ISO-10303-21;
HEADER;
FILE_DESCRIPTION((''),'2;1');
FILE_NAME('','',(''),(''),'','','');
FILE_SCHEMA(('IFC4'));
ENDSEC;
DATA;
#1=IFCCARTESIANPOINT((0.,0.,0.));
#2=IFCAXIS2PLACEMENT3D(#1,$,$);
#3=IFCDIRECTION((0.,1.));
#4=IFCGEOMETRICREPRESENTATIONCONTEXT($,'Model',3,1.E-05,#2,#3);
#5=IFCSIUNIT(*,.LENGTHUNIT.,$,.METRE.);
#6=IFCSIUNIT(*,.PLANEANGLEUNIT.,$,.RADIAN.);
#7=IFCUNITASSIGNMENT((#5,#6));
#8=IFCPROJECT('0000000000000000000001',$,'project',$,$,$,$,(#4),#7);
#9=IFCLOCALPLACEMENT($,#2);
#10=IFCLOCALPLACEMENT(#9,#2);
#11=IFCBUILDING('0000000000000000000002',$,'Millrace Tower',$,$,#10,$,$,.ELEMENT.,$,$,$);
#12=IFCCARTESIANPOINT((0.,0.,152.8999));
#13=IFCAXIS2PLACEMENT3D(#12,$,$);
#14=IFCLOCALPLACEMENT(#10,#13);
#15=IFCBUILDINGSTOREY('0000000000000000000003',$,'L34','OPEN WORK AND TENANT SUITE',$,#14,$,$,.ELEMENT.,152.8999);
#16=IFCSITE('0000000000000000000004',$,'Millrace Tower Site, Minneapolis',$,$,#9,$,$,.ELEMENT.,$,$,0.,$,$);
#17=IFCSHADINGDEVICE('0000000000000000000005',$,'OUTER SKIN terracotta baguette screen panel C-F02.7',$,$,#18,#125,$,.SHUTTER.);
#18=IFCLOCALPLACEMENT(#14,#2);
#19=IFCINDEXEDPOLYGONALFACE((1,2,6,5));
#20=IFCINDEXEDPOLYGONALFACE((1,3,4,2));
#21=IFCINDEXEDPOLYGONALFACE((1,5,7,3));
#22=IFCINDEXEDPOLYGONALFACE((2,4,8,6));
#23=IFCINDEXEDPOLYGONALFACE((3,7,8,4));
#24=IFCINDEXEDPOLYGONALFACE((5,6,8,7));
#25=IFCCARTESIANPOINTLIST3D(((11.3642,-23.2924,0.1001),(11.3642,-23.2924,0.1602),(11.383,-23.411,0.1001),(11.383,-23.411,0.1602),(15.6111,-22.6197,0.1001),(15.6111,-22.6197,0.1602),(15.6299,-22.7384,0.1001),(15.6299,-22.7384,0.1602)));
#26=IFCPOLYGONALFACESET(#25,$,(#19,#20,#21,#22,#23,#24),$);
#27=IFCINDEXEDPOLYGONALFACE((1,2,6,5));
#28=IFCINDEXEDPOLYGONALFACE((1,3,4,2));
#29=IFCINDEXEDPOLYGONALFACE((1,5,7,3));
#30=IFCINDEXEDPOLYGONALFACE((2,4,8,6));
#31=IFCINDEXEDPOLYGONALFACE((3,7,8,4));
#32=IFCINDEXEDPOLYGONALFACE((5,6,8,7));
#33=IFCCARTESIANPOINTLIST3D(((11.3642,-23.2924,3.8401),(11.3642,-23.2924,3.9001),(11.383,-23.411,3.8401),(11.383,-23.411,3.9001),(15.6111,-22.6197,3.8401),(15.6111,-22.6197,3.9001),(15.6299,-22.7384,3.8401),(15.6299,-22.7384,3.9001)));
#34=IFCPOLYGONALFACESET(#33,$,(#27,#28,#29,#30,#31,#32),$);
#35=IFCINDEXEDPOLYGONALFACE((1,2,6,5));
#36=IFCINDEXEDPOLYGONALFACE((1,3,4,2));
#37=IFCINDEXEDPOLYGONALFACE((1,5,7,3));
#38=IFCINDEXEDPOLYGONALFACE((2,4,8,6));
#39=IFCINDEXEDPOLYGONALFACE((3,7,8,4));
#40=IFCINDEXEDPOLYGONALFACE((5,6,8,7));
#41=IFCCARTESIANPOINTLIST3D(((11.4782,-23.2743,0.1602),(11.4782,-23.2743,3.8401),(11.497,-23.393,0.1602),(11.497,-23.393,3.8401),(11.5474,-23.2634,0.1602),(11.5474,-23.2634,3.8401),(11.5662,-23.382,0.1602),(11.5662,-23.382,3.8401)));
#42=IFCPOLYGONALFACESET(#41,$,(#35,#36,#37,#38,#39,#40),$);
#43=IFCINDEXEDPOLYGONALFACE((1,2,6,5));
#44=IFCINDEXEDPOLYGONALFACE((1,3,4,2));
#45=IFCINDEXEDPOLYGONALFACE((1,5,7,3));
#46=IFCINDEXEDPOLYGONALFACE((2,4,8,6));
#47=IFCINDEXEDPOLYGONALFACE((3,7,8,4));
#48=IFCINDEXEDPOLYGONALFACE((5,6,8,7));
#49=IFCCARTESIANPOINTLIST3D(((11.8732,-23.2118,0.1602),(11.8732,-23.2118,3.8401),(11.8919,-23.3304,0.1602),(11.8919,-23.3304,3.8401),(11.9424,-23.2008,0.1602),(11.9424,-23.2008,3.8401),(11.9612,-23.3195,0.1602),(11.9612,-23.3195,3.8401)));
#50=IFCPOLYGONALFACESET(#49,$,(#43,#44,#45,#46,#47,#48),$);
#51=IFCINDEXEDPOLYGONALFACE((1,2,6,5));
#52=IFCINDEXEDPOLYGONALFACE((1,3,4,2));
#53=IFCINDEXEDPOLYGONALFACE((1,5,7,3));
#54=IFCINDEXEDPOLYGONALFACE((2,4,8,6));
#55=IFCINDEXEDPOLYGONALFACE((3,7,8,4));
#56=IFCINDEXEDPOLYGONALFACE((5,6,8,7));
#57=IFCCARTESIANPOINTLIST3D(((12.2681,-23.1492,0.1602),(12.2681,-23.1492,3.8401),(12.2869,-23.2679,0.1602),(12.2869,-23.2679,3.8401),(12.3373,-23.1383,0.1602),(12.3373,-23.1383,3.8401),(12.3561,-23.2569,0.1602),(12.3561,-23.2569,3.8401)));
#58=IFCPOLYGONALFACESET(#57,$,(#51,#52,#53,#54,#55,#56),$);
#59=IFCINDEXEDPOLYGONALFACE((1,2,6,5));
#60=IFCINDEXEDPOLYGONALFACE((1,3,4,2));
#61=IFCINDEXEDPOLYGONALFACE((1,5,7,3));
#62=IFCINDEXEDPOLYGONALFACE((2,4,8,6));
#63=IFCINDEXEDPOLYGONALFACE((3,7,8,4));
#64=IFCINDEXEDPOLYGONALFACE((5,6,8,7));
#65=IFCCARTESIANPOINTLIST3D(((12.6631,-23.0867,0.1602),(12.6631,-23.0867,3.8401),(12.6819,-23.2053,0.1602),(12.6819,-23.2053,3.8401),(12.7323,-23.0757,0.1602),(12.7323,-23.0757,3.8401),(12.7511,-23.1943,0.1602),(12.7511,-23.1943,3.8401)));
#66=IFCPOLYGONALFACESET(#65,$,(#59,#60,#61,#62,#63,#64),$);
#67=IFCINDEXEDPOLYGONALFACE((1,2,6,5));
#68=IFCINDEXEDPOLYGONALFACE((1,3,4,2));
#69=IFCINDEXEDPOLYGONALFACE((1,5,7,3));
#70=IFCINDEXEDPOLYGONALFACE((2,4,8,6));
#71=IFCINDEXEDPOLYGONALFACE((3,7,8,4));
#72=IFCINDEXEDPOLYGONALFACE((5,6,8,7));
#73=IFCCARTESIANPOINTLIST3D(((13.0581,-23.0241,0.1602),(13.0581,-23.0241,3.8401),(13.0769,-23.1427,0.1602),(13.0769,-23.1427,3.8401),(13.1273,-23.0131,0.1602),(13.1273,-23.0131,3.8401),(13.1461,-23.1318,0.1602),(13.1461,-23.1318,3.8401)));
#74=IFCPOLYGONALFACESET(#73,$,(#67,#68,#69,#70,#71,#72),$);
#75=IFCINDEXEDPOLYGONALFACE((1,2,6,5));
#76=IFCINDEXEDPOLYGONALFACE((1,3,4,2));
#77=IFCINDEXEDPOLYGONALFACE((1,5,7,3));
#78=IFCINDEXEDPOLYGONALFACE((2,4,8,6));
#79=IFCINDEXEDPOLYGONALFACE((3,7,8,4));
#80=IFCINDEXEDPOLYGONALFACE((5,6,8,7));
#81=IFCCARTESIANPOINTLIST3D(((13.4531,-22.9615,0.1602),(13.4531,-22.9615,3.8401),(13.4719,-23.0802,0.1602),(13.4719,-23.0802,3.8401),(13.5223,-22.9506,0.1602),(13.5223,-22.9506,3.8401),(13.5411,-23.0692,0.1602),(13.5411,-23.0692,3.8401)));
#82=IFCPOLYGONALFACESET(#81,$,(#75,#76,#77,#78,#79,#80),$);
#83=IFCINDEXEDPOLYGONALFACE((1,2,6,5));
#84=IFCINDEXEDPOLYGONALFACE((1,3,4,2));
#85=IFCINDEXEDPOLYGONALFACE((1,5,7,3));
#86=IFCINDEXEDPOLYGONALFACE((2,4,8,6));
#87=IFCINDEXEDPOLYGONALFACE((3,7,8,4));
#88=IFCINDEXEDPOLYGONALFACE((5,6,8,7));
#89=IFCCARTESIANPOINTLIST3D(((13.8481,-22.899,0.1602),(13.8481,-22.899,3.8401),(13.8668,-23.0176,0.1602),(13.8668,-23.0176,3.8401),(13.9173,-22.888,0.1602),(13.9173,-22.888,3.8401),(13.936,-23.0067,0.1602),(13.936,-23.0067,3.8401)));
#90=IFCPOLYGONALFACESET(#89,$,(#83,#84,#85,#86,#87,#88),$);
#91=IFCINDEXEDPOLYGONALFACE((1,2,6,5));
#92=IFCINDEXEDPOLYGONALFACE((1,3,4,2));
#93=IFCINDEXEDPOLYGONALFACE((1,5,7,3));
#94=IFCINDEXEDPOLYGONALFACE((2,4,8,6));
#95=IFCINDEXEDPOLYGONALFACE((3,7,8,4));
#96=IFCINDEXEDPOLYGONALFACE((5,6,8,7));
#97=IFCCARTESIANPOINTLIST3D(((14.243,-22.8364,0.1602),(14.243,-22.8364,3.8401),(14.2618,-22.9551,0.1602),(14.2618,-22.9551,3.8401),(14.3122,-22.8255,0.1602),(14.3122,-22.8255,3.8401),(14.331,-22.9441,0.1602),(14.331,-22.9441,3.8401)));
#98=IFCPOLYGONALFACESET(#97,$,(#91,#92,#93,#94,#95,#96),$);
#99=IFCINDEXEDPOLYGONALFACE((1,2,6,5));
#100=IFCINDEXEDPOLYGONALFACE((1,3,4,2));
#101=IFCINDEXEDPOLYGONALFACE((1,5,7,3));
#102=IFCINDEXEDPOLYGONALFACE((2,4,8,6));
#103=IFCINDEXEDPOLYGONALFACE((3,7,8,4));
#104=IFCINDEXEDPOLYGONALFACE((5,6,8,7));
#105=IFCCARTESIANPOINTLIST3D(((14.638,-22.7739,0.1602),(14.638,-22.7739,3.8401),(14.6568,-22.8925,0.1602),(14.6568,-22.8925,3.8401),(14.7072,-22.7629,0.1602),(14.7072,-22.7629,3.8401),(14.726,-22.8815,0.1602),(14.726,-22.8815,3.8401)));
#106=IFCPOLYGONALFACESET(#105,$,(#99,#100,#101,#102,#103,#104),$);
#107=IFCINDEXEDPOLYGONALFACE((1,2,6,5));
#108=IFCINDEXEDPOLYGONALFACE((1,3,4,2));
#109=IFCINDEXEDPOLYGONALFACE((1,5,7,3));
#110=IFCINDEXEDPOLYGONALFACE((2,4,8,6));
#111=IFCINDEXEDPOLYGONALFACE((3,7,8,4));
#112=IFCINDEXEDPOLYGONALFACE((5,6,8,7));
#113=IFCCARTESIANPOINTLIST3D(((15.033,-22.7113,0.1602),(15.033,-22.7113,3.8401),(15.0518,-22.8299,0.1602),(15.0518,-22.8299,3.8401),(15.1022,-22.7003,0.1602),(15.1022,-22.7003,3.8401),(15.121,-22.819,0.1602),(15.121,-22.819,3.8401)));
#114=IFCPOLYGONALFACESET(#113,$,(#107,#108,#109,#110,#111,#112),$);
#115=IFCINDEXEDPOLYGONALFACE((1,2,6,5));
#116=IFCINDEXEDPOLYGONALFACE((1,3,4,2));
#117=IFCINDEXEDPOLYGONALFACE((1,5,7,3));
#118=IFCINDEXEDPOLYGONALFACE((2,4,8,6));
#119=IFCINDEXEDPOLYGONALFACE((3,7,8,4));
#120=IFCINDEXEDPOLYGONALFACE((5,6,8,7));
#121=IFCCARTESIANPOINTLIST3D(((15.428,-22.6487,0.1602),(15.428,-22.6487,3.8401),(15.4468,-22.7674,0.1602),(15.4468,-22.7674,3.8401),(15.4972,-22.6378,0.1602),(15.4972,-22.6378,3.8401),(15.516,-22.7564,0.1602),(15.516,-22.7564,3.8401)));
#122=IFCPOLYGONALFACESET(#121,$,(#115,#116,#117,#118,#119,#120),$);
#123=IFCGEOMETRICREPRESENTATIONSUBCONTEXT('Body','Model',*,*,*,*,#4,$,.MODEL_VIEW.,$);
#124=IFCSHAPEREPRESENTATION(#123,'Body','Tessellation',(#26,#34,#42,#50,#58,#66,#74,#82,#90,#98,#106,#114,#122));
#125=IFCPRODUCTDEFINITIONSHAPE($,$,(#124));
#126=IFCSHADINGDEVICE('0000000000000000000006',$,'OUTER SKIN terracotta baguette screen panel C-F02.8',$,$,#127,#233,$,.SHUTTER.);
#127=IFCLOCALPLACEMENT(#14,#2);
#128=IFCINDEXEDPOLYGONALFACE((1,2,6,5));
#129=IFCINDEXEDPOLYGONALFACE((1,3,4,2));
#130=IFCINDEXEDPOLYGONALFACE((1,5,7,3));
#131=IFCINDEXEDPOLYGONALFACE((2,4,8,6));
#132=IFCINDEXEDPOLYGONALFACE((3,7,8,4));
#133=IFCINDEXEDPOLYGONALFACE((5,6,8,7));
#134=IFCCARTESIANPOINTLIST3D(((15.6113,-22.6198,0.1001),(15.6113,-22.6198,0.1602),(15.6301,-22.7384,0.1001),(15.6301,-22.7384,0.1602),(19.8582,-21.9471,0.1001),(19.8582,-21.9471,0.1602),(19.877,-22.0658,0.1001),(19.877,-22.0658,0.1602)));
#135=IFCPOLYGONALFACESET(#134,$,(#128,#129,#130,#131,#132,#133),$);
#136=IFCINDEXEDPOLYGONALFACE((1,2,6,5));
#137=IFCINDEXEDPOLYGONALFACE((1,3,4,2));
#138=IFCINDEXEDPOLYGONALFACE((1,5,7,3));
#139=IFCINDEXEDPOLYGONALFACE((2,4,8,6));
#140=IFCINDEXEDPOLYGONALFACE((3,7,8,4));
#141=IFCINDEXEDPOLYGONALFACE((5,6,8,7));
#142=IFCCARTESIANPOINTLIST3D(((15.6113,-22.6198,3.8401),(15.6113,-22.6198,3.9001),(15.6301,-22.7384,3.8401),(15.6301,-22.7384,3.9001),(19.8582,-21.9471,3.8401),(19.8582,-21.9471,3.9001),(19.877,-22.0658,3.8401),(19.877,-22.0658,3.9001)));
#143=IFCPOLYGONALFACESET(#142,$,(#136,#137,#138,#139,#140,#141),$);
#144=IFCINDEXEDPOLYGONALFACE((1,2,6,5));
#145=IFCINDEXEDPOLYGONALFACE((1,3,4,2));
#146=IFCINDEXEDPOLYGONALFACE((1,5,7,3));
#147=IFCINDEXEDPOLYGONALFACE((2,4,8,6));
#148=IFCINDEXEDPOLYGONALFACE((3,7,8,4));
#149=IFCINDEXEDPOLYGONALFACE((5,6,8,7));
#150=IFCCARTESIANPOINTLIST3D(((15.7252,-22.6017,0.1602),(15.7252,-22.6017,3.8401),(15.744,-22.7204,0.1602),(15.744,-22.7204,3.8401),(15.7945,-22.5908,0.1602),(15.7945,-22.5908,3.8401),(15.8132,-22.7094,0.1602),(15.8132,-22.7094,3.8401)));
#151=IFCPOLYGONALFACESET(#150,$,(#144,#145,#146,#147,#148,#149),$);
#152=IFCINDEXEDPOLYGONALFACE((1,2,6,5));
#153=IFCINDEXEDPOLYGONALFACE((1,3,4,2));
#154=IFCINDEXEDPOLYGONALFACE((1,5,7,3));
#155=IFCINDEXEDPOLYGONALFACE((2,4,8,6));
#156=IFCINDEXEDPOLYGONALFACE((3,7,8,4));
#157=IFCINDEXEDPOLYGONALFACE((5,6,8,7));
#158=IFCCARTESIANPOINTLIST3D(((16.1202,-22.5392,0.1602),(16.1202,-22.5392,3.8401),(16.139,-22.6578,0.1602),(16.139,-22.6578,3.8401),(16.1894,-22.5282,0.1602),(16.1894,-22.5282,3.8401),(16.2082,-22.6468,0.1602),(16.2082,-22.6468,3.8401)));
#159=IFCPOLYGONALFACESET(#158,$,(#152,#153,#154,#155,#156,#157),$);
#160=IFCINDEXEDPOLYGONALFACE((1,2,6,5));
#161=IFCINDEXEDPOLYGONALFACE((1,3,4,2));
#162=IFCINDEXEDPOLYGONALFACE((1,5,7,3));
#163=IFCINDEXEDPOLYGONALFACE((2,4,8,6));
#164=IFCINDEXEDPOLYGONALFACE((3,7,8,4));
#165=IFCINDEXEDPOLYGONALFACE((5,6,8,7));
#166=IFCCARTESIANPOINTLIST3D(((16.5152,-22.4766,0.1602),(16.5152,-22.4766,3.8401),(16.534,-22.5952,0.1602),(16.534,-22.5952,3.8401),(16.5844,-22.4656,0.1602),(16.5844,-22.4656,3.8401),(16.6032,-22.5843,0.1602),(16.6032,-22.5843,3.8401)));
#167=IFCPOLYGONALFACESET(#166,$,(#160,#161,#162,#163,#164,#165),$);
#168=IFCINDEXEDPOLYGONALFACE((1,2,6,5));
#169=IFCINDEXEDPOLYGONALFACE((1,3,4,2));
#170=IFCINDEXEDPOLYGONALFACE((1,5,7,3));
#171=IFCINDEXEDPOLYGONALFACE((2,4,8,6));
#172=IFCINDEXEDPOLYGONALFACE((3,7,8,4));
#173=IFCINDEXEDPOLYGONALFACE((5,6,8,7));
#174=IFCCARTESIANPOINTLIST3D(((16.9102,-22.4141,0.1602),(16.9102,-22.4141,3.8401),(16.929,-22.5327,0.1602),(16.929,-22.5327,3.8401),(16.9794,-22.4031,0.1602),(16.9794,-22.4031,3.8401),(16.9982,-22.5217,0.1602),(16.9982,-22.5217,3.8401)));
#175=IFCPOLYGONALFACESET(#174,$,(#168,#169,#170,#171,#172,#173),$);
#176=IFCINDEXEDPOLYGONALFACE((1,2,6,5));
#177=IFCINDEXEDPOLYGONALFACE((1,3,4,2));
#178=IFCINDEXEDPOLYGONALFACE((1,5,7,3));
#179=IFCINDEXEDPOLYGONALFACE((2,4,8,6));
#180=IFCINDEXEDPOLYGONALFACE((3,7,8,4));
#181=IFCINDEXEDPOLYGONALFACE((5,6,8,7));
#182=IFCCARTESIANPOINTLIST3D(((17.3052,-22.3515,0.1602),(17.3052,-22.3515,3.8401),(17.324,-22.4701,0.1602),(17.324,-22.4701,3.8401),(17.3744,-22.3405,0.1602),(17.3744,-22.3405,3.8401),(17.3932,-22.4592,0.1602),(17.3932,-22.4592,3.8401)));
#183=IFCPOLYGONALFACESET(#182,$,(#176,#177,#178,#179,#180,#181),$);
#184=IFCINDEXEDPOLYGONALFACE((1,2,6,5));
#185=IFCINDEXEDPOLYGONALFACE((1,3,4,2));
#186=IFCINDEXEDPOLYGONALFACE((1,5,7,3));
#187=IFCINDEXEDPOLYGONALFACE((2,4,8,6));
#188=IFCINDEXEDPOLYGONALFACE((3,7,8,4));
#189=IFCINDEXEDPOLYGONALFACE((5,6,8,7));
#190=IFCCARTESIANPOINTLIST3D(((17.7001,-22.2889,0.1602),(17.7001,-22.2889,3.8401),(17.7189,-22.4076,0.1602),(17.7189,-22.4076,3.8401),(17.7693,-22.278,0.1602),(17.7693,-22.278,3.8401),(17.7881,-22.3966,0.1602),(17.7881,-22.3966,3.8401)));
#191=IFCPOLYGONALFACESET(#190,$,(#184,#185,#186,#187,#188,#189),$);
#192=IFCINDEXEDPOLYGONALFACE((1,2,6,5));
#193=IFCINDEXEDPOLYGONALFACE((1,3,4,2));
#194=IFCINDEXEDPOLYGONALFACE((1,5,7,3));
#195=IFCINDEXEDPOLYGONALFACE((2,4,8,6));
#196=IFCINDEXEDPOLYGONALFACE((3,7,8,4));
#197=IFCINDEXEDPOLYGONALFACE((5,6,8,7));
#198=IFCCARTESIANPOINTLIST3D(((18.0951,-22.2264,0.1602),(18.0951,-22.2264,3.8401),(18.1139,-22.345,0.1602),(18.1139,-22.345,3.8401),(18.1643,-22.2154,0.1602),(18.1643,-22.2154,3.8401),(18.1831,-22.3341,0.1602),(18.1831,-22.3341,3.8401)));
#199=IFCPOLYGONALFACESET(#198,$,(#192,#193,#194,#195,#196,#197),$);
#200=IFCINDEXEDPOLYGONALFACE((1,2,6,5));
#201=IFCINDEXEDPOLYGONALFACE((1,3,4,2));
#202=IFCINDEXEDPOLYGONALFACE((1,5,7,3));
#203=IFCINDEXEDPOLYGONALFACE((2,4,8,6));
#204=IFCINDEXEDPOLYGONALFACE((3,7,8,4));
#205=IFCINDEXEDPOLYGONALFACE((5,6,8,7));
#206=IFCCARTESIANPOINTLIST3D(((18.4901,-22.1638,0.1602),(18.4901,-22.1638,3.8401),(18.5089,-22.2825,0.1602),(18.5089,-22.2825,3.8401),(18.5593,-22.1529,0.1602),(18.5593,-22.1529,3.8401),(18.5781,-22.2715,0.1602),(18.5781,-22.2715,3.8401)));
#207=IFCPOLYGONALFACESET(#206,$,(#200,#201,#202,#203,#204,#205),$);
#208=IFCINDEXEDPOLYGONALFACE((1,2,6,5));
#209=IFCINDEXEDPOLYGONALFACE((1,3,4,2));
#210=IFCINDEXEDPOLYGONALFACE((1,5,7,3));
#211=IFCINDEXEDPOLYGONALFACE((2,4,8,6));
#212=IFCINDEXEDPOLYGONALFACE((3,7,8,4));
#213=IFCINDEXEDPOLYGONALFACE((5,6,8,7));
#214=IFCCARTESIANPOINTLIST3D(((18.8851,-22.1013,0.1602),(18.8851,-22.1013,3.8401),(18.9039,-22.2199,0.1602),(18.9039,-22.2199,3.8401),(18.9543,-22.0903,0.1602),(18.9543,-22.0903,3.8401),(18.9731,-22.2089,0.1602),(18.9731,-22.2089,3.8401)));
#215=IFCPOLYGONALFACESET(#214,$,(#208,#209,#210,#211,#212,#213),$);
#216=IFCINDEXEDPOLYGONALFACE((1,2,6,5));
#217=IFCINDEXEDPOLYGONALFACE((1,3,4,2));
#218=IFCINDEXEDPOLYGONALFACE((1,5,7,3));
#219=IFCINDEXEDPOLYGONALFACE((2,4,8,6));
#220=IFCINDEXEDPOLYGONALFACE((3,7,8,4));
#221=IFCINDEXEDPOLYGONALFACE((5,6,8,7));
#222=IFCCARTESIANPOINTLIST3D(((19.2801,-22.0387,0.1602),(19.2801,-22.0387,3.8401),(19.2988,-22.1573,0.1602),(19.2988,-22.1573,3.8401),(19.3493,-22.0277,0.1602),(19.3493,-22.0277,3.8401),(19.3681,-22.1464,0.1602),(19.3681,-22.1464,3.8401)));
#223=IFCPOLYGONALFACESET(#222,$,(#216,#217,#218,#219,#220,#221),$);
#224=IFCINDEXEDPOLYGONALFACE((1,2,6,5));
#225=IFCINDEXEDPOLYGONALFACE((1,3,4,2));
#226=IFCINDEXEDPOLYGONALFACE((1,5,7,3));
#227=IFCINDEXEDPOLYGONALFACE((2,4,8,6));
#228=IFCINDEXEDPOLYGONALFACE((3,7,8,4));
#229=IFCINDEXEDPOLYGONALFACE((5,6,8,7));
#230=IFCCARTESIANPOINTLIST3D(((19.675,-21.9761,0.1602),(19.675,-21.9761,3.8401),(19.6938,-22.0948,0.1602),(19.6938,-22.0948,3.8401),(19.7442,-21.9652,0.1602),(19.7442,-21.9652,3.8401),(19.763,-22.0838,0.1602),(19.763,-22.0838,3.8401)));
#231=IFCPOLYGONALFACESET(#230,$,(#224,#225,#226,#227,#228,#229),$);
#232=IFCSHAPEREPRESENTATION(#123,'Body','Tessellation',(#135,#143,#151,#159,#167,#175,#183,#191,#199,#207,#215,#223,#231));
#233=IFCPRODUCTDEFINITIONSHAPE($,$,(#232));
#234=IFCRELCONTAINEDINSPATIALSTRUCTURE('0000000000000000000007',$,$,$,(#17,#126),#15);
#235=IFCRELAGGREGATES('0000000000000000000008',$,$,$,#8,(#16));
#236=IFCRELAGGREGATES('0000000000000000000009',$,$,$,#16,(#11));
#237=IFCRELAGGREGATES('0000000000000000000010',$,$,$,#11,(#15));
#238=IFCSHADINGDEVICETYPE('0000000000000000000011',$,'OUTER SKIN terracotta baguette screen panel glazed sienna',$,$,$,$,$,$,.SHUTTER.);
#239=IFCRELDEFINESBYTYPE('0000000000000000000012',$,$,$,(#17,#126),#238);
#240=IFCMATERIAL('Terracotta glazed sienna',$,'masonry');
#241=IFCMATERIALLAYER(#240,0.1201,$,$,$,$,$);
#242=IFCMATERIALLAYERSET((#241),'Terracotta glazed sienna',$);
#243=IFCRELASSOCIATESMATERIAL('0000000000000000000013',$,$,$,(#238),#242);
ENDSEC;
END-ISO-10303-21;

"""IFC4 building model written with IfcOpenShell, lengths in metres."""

from ifc_helpers import new_model, entity, si_unit, direction, frame, frame_2d, origin, origin_2d, place, context, subcontext, project, spatial, rectangle, extrude, source, transform, mapped, material, layer, layer_set, type_object, element, save


model = new_model("IFC4")

# Units and contexts
model_context = context("Model", 3, precision=1e-05, world=origin(), true_north=direction((0.0, 1.0)))
body_context = subcontext(model_context, "Body", "Model", "MODEL_VIEW")
ifc_project = project(units=[si_unit("LENGTHUNIT", "METRE"), si_unit("PLANEANGLEUNIT", "RADIAN")], contexts=[model_context])

# Site, building, storey
site_placement = place(None, origin())
site = spatial("IfcSite", under=ifc_project, at=site_placement, Name="Millrace Tower Site, Minneapolis", CompositionType="ELEMENT", RefElevation=0.0)
building_placement = place(site_placement, origin())
building = spatial("IfcBuilding", under=site, at=building_placement, Name="Millrace Tower", CompositionType="ELEMENT")
storey_placement = place(building_placement, frame((0.0, 0.0, 152.8999)))
storey = spatial("IfcBuildingStorey", under=building, at=storey_placement, Name="L34", Description="OPEN WORK AND TENANT SUITE", CompositionType="ELEMENT", Elevation=152.8999)

# Shading devices
ifc_material_1 = material(Name="Terracotta glazed sienna", Category="masonry")
ifc_layer_1 = layer(ifc_material_1, 0.1201)
ifc_layer_set_1 = layer_set([ifc_layer_1], Name="Terracotta glazed sienna")
shading_device_type = type_object("IfcShadingDeviceType", Name="OUTER SKIN terracotta baguette screen panel glazed sienna", PredefinedType="SHUTTER", material=ifc_layer_set_1)
cartesian_point_1 = entity("IfcCartesianPoint", [-2.1499, 0.0601])
shared_polyline_1 = entity("IfcPolyline", [cartesian_point_1, entity("IfcCartesianPoint", [2.1499, 0.0601]), entity("IfcCartesianPoint", [2.1499, -0.0601]), entity("IfcCartesianPoint", [-2.1499, -0.0601]), cartesian_point_1])
shared_shape_1 = source(origin(), body_context, "Body", "SweptSolid", [
    entity("IfcExtrudedAreaSolid", entity("IfcArbitraryClosedProfileDef", "AREA", None, shared_polyline_1), entity("IfcAxis2Placement3D", entity("IfcCartesianPoint", [0.0, 0.0, 0.0])), entity("IfcDirection", [0.0, 0.0, 1.0]), 0.0601),
    entity("IfcExtrudedAreaSolid", entity("IfcArbitraryClosedProfileDef", "AREA", None, shared_polyline_1), entity("IfcAxis2Placement3D", entity("IfcCartesianPoint", [0.0, 0.0, 3.74])), entity("IfcDirection", [0.0, 0.0, 1.0]), 0.0601),
    extrude(rectangle(XDim=0.0701, YDim=0.1201, at=frame_2d((-1.9995, 0.0))), frame((0.0, 0.0, 0.0601)), (0.0, 0.0, 1.0), 3.6799),
    extrude(rectangle(XDim=0.0701, YDim=0.1201, at=frame_2d((-1.5996, 0.0))), frame((0.0, 0.0, 0.0601)), (0.0, 0.0, 1.0), 3.6799),
    extrude(rectangle(XDim=0.0701, YDim=0.1201, at=frame_2d((-1.1997, 0.0))), frame((0.0, 0.0, 0.0601)), (0.0, 0.0, 1.0), 3.6799),
    extrude(rectangle(XDim=0.0701, YDim=0.1201, at=frame_2d((-0.7998, 0.0))), frame((0.0, 0.0, 0.0601)), (0.0, 0.0, 1.0), 3.6799),
    extrude(rectangle(XDim=0.0701, YDim=0.1201, at=frame_2d((-0.3999, 0.0))), frame((0.0, 0.0, 0.0601)), (0.0, 0.0, 1.0), 3.6799),
    extrude(rectangle(XDim=0.0701, YDim=0.1201, at=origin_2d()), frame((0.0, 0.0, 0.0601)), (0.0, 0.0, 1.0), 3.6799),
    extrude(rectangle(XDim=0.0701, YDim=0.1201, at=frame_2d((0.3999, 0.0))), frame((0.0, 0.0, 0.0601)), (0.0, 0.0, 1.0), 3.6799),
    extrude(rectangle(XDim=0.0701, YDim=0.1201, at=frame_2d((0.7998, 0.0))), frame((0.0, 0.0, 0.0601)), (0.0, 0.0, 1.0), 3.6799),
    extrude(rectangle(XDim=0.0701, YDim=0.1201, at=frame_2d((1.1997, 0.0))), frame((0.0, 0.0, 0.0601)), (0.0, 0.0, 1.0), 3.6799),
    extrude(rectangle(XDim=0.0701, YDim=0.1201, at=frame_2d((1.5996, 0.0))), frame((0.0, 0.0, 0.0601)), (0.0, 0.0, 1.0), 3.6799),
    extrude(rectangle(XDim=0.0701, YDim=0.1201, at=frame_2d((1.9995, 0.0))), frame((0.0, 0.0, 0.0601)), (0.0, 0.0, 1.0), 3.6799),
])
for number, where, z_axis, x_axis, name in (
    (1, (13.4971, -23.0154, 0.1001), (0.0, 0.0, 1.0), (0.987688, 0.156434, 0.0), "OUTER SKIN terracotta baguette screen panel C-F02.7"),
    (2, (17.7441, -22.3428, 0.1001), (0.0, 0.0, 1.0), (0.987688, 0.156434, 0.0), "OUTER SKIN terracotta baguette screen panel C-F02.8"),
):
    element("IfcShadingDevice", number, at=place(storey_placement, frame(where, z_axis=z_axis, x_axis=x_axis)), inside=storey, type_object=shading_device_type, Name=name, PredefinedType="SHUTTER", context=body_context, shape_type="MappedRepresentation", body=[
        mapped(shared_shape_1, transform((0.0, 0.0, 0.0), scale=1.0)),
    ])

save(model, "model.ifc")
